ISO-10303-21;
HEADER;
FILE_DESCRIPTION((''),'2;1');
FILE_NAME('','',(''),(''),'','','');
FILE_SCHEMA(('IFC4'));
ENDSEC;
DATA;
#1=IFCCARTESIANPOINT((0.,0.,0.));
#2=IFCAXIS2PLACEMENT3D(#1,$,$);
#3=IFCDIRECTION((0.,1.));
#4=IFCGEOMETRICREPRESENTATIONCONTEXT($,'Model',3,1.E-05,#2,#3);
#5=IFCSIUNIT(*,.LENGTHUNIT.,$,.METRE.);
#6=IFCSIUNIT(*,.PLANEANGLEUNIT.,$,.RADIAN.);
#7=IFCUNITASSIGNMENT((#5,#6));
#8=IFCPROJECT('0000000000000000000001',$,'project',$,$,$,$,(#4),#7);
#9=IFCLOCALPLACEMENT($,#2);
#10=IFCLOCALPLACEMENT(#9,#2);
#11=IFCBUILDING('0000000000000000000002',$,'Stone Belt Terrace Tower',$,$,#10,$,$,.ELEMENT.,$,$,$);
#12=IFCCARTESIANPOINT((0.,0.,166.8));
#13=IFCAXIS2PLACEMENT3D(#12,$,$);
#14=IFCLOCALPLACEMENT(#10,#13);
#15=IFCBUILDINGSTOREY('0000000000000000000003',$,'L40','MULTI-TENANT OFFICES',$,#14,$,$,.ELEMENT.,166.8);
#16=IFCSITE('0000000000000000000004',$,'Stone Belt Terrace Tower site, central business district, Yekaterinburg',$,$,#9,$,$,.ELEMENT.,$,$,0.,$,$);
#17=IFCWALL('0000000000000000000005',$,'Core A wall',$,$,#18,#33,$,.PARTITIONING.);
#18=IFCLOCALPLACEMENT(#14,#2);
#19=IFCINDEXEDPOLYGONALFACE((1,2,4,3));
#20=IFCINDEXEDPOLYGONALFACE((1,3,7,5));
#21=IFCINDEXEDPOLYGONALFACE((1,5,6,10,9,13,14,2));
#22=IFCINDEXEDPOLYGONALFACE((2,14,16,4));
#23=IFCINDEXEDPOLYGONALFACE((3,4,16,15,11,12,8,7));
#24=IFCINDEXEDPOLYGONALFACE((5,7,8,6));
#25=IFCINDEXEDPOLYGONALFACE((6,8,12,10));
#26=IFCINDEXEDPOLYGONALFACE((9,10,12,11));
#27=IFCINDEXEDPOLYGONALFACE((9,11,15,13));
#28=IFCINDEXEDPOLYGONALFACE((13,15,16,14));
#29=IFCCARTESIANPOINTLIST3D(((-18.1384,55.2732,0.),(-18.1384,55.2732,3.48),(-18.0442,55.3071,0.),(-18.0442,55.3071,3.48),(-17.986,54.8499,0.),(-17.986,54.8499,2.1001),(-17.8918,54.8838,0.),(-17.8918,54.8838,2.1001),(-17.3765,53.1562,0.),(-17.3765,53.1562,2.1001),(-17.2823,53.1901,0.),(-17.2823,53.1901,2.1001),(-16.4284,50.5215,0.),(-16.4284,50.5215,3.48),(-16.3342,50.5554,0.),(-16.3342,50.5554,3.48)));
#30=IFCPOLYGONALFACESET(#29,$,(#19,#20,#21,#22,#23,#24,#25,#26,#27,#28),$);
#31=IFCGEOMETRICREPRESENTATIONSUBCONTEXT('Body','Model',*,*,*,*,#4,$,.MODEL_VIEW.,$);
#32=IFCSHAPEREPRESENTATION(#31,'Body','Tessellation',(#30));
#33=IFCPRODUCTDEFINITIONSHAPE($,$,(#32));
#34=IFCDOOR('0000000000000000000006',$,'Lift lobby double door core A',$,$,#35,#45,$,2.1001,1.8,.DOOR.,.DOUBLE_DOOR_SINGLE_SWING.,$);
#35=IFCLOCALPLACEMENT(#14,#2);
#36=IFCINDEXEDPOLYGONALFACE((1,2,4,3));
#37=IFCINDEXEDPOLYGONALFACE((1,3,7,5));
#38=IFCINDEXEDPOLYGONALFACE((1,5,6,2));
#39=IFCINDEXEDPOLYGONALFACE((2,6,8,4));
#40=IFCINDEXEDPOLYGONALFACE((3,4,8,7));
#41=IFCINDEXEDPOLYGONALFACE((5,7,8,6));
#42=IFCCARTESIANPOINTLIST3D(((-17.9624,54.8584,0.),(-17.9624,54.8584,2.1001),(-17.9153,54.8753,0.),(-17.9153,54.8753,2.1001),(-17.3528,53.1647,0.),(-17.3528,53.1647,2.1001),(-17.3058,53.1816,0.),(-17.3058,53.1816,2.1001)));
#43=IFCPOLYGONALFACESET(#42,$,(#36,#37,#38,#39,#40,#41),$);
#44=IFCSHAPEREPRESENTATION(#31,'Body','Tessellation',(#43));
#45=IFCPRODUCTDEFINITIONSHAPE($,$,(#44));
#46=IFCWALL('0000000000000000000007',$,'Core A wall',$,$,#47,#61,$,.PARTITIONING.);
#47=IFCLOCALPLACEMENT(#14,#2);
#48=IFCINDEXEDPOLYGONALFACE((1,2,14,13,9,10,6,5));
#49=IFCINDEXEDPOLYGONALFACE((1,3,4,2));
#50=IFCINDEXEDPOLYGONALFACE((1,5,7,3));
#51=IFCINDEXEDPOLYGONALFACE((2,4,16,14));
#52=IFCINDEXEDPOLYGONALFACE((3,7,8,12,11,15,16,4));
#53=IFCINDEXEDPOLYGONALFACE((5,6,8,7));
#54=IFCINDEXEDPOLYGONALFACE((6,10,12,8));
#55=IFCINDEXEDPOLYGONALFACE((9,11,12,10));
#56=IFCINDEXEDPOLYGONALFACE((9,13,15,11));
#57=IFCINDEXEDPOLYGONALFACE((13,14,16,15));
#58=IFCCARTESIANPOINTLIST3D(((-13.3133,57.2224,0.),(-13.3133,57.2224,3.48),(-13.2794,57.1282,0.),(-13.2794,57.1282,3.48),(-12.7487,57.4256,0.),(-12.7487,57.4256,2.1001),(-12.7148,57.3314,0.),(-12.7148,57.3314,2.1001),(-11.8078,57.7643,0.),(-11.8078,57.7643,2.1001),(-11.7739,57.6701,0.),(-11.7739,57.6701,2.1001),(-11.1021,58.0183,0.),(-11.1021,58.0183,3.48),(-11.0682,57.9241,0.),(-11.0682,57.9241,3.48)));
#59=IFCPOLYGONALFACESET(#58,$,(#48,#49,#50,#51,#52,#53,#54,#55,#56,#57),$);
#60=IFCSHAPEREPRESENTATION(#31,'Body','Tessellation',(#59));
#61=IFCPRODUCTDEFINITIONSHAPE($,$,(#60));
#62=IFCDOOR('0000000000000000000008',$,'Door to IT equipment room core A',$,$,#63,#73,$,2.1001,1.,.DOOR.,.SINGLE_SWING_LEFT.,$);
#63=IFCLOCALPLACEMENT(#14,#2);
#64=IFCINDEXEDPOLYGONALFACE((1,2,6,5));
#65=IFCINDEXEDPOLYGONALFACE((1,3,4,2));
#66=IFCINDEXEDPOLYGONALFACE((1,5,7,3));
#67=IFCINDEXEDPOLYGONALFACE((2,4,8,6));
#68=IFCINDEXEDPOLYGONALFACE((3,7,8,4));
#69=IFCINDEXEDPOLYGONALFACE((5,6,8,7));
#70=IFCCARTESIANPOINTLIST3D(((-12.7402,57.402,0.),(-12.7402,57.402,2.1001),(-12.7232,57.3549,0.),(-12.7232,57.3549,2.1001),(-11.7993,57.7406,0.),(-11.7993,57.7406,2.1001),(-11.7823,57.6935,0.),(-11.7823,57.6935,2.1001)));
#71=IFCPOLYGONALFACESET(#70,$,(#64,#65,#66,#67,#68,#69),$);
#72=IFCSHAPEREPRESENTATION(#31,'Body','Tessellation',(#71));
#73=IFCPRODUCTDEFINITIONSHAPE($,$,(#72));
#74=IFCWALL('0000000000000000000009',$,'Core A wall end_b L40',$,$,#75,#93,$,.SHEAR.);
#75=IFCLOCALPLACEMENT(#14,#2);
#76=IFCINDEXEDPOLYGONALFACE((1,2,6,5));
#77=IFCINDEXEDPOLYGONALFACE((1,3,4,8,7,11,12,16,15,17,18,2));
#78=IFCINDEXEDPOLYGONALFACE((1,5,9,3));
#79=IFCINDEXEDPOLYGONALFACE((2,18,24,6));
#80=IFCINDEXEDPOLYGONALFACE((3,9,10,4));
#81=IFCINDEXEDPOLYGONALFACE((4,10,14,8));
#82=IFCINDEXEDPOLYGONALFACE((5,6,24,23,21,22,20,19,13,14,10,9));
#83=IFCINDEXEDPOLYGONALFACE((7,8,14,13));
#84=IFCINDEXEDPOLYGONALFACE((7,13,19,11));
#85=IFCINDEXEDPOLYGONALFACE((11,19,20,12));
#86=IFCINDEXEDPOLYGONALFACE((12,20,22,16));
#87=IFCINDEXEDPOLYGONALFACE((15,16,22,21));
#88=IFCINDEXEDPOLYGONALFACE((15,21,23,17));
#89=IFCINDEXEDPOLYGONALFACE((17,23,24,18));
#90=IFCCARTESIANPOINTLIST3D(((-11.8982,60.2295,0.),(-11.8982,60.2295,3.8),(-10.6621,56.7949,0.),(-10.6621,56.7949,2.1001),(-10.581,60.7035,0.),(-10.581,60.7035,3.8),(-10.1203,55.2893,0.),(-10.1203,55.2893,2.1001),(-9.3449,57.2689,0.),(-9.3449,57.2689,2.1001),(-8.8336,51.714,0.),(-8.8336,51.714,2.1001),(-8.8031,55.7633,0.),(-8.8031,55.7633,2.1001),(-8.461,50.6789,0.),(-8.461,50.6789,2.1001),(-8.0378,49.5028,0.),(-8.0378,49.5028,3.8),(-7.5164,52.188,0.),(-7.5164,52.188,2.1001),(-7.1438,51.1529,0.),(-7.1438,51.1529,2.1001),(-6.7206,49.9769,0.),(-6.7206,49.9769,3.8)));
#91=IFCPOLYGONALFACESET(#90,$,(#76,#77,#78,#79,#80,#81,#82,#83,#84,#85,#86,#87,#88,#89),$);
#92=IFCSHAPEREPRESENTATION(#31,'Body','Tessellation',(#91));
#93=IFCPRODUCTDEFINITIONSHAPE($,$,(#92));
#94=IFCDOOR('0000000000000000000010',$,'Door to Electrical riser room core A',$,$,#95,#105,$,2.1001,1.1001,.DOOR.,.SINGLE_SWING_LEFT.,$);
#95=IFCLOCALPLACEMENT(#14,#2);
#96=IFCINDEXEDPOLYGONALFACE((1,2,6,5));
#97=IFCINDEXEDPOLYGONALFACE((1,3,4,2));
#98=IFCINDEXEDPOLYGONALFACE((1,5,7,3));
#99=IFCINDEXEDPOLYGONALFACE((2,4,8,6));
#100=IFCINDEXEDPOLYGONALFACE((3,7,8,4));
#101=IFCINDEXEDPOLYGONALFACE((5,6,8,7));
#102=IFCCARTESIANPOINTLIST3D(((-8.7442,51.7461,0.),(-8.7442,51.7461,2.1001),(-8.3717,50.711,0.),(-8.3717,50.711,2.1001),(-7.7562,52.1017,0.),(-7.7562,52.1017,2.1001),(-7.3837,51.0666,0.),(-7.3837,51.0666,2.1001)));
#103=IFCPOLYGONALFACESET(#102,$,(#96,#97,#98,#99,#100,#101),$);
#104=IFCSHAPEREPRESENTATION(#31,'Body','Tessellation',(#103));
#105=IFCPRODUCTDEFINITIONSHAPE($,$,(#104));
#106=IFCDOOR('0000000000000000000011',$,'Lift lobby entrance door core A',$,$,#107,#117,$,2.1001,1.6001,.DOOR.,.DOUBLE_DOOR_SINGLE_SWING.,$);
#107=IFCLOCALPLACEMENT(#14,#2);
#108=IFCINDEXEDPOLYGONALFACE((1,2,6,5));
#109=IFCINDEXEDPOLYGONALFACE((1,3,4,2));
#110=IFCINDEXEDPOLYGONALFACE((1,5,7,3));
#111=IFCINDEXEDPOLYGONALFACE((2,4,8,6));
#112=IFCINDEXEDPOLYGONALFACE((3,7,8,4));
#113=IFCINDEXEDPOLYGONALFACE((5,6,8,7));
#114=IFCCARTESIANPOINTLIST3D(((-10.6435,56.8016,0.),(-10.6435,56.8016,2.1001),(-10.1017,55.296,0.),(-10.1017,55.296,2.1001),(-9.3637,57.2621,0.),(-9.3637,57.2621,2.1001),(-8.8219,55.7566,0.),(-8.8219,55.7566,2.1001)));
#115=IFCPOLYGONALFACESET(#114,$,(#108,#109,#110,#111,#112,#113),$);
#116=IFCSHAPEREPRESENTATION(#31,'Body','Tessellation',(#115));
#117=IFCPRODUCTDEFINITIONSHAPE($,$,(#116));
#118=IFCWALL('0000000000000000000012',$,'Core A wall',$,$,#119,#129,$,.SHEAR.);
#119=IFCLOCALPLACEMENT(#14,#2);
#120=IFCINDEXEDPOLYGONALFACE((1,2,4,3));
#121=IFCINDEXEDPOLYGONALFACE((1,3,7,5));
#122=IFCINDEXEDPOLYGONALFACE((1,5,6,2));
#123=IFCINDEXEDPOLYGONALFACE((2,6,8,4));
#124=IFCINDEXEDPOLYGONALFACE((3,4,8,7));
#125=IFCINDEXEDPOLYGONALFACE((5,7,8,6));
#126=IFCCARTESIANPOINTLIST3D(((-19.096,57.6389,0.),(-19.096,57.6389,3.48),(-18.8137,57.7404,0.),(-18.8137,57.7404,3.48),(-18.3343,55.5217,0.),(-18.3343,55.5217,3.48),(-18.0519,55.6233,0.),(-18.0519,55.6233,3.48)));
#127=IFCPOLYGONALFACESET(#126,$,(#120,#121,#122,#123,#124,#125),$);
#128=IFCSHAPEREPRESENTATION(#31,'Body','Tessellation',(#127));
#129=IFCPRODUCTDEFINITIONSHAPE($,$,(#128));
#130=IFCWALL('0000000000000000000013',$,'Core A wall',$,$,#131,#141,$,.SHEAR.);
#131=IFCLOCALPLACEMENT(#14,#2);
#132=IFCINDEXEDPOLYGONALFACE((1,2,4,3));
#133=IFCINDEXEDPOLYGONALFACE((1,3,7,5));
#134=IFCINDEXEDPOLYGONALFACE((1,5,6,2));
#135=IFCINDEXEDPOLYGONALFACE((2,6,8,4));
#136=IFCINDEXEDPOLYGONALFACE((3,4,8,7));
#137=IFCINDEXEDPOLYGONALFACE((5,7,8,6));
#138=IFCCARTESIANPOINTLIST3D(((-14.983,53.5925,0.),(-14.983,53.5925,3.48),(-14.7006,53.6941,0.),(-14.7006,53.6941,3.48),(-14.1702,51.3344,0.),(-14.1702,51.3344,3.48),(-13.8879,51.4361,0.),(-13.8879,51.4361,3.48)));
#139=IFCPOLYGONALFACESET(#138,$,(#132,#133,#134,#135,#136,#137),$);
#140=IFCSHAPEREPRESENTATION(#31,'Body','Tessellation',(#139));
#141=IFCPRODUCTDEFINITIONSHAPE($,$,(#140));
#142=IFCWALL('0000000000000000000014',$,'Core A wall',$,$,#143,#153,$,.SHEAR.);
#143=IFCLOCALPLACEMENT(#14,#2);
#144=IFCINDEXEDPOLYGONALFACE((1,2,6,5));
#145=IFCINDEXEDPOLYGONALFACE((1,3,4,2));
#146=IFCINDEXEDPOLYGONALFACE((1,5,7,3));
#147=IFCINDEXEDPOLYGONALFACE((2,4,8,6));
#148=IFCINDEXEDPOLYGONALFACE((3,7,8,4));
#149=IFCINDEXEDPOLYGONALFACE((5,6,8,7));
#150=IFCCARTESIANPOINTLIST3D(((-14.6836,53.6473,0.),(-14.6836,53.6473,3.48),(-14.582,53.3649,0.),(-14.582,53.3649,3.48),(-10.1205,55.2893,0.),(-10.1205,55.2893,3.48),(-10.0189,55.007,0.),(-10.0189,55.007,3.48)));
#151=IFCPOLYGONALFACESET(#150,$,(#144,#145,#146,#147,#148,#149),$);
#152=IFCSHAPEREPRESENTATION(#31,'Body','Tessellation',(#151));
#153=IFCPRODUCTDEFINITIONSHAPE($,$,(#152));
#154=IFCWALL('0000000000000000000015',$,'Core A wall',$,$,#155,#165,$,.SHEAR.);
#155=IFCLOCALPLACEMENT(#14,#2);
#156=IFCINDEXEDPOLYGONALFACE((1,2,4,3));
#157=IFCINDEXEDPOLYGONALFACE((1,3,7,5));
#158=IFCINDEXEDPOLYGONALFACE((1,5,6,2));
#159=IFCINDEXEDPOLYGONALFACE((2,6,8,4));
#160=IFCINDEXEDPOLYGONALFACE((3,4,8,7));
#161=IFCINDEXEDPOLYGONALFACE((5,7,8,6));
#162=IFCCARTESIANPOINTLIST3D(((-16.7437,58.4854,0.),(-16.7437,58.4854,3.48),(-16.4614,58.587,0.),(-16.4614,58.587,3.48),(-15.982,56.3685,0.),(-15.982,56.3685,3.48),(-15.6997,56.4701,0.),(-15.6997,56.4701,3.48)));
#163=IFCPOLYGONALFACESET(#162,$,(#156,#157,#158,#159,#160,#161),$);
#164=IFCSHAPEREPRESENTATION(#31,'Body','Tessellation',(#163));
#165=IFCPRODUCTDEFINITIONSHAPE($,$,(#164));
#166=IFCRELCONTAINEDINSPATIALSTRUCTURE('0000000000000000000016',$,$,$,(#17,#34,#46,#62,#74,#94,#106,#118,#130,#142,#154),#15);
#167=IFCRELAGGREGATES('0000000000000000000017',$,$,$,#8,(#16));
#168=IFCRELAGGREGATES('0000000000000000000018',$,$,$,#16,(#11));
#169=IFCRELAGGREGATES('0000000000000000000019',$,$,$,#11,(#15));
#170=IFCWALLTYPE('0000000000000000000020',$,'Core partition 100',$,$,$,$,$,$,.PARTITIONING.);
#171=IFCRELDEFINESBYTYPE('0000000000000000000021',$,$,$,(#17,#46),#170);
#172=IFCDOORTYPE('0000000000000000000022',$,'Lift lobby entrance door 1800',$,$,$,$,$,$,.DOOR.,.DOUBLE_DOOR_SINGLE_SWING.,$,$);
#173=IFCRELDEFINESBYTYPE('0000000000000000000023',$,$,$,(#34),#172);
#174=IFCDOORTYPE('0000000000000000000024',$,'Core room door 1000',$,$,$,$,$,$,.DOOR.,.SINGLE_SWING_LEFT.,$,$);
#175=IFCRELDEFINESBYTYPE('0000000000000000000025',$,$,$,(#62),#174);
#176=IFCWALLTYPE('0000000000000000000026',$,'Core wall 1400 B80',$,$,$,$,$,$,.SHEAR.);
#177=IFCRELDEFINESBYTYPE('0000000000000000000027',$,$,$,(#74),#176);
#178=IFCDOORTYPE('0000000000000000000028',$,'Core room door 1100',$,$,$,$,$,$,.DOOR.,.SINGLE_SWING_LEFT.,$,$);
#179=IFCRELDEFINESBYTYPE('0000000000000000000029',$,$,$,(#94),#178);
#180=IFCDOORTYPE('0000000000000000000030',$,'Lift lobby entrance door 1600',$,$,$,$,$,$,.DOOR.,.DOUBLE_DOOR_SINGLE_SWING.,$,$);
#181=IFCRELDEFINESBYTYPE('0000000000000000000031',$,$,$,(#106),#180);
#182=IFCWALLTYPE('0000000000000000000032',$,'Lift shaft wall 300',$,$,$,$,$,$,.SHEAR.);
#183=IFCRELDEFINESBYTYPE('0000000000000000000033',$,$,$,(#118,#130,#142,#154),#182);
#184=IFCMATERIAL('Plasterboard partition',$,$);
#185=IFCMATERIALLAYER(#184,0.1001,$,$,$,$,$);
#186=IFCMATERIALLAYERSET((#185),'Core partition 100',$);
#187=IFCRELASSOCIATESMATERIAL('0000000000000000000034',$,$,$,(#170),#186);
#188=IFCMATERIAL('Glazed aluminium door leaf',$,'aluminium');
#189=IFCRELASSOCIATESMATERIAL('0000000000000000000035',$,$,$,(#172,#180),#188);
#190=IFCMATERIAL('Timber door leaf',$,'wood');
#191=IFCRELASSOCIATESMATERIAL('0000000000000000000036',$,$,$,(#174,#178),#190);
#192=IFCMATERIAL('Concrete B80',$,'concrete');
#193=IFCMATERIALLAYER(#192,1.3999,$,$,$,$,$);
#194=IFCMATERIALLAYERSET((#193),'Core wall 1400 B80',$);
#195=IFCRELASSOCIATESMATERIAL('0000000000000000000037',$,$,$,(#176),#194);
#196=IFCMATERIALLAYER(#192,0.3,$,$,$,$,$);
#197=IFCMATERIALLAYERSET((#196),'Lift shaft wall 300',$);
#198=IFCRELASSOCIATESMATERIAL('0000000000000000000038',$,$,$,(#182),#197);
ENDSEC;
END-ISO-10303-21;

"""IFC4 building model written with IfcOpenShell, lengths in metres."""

from ifc_helpers import new_model, si_unit, direction, frame, frame_2d, origin, place, context, subcontext, project, spatial, rectangle, extrude, material, layer, layer_set, type_object, element, fill, save


model = new_model("IFC4")

# Units and contexts
model_context = context("Model", 3, precision=1e-05, world=origin(), true_north=direction((0.0, 1.0)))
body_context = subcontext(model_context, "Body", "Model", "MODEL_VIEW")
ifc_project = project(units=[si_unit("LENGTHUNIT", "METRE"), si_unit("PLANEANGLEUNIT", "RADIAN")], contexts=[model_context])

# Site, building, storey
site_placement = place(None, origin())
site = spatial("IfcSite", under=ifc_project, at=site_placement, Name="Stone Belt Terrace Tower site, central business district, Yekaterinburg", CompositionType="ELEMENT", RefElevation=0.0)
building_placement = place(site_placement, origin())
building = spatial("IfcBuilding", under=site, at=building_placement, Name="Stone Belt Terrace Tower", CompositionType="ELEMENT")
storey_placement = place(building_placement, frame((0.0, 0.0, 166.8)))
storey = spatial("IfcBuildingStorey", under=building, at=storey_placement, Name="L40", Description="MULTI-TENANT OFFICES", CompositionType="ELEMENT", Elevation=166.8)

# Walls, openings, doors
ifc_material_1 = material(Name="Plasterboard partition")
ifc_layer_1 = layer(ifc_material_1, 0.1001)
ifc_layer_set_1 = layer_set([ifc_layer_1], Name="Core partition 100")
wall_type_1 = type_object("IfcWallType", Name="Core partition 100", PredefinedType="PARTITIONING", material=ifc_layer_set_1)
wall_1_placement = place(storey_placement, frame((-16.3813, 50.5386, 0.0), z_axis=(0.0, 0.0, 1.0), x_axis=(-0.338605, 0.940929, 0.0)))
wall_1 = element("IfcWall", 1, at=wall_1_placement, inside=storey, type_object=wall_type_1, Name="Core A wall", PredefinedType="PARTITIONING", context=body_context, shape_type="SweptSolid", body=[
    extrude(rectangle(XDim=5.05, YDim=0.1001, at=frame_2d((2.5249, 0.0))), origin(), (0.0, 0.0, 1.0), 3.48),
])
opening_1_placement = place(wall_1_placement, frame((2.8, 0.0, 0.0)))
opening_1 = element("IfcOpeningElement", 2, at=opening_1_placement, cuts=wall_1, PredefinedType="OPENING", context=body_context, shape_type="SweptSolid", body=[
    extrude(rectangle(XDim=1.8, YDim=2.1001, at=frame_2d((0.8999, 1.05))), frame((0.0, 0.0601, 0.0), z_axis=(0.0, -1.0, 0.0), x_axis=(1.0, 0.0, 0.0)), (0.0, 0.0, 1.0), 0.1201),
])
ifc_material_2 = material(Name="Glazed aluminium door leaf", Category="aluminium")
door_type_1 = type_object("IfcDoorType", Name="Lift lobby entrance door 1800", OperationType="DOUBLE_DOOR_SINGLE_SWING", PredefinedType="DOOR", material=ifc_material_2)
door_1_placement = place(opening_1_placement, origin())
door_1 = element("IfcDoor", 3, at=door_1_placement, inside=storey, type_object=door_type_1, Name="Lift lobby double door core A", OperationType="DOUBLE_DOOR_SINGLE_SWING", OverallHeight=2.1001, OverallWidth=1.8, PredefinedType="DOOR", context=body_context, shape_type="SweptSolid", body=[
    extrude(rectangle(XDim=1.8, YDim=2.1001, at=frame_2d((0.8999, 1.05))), frame((0.0, 0.0249, 0.0), z_axis=(0.0, -1.0, 0.0), x_axis=(1.0, 0.0, 0.0)), (0.0, 0.0, 1.0), 0.05),
])
fill(opening_1, door_1)
wall_2_placement = place(storey_placement, frame((-13.2964, 57.1753, 0.0), z_axis=(0.0, 0.0, 1.0), x_axis=(0.940905, 0.338672, 0.0)))
wall_2 = element("IfcWall", 4, at=wall_2_placement, inside=storey, type_object=wall_type_1, Name="Core A wall", PredefinedType="PARTITIONING", context=body_context, shape_type="SweptSolid", body=[
    extrude(rectangle(XDim=2.3501, YDim=0.1001, at=frame_2d((1.175, 0.0))), origin(), (0.0, 0.0, 1.0), 3.48),
])
opening_2_placement = place(wall_2_placement, frame((0.6001, 0.0, 0.0)))
opening_2 = element("IfcOpeningElement", 5, at=opening_2_placement, cuts=wall_2, PredefinedType="OPENING", context=body_context, shape_type="SweptSolid", body=[
    extrude(rectangle(XDim=1.0, YDim=2.1001, at=frame_2d((0.5, 1.05))), frame((0.0, 0.0601, 0.0), z_axis=(0.0, -1.0, 0.0), x_axis=(1.0, 0.0, 0.0)), (0.0, 0.0, 1.0), 0.1201),
])
ifc_material_3 = material(Name="Timber door leaf", Category="wood")
door_type_2 = type_object("IfcDoorType", Name="Core room door 1000", OperationType="SINGLE_SWING_LEFT", PredefinedType="DOOR", material=ifc_material_3)
door_2_placement = place(opening_2_placement, origin())
door_2 = element("IfcDoor", 6, at=door_2_placement, inside=storey, type_object=door_type_2, Name="Door to IT equipment room core A", OperationType="SINGLE_SWING_LEFT", OverallHeight=2.1001, OverallWidth=1.0, PredefinedType="DOOR", context=body_context, shape_type="SweptSolid", body=[
    extrude(rectangle(XDim=1.0, YDim=2.1001, at=frame_2d((0.5, 1.05))), frame((0.0, 0.0249, 0.0), z_axis=(0.0, -1.0, 0.0), x_axis=(1.0, 0.0, 0.0)), (0.0, 0.0, 1.0), 0.05),
])
fill(opening_2, door_2)

# Wall, openings, doors
ifc_material_4 = material(Name="Concrete B80", Category="concrete")
ifc_layer_2 = layer(ifc_material_4, 1.3999)
ifc_layer_set_2 = layer_set([ifc_layer_2], Name="Core wall 1400 B80")
wall_type_2 = type_object("IfcWallType", Name="Core wall 1400 B80", PredefinedType="SHEAR", material=ifc_layer_set_2)
wall_3_placement = place(storey_placement, frame((-7.3792, 49.7397, 0.0), z_axis=(0.0, 0.0, 1.0), x_axis=(-0.338625, 0.940921, 0.0)))
wall_3 = element("IfcWall", 7, at=wall_3_placement, inside=storey, type_object=wall_type_2, Name="Core A wall end_b L40", PredefinedType="SHEAR", context=body_context, shape_type="SweptSolid", body=[
    extrude(rectangle(XDim=11.4001, YDim=1.3999, at=frame_2d((5.7002, 0.0))), origin(), (0.0, 0.0, 1.0), 3.8),
])
opening_3_placement = place(wall_3_placement, frame((6.1499, 0.0, 0.0)))
opening_3 = element("IfcOpeningElement", 8, at=opening_3_placement, cuts=wall_3, PredefinedType="OPENING", context=body_context, shape_type="SweptSolid", body=[
    extrude(rectangle(XDim=1.6001, YDim=2.1001, at=frame_2d((0.8, 1.05))), frame((0.0, 0.71, 0.0), z_axis=(0.0, -1.0, 0.0), x_axis=(1.0, 0.0, 0.0)), (0.0, 0.0, 1.0), 1.4199),
])
opening_4_placement = place(wall_3_placement, frame((1.25, 0.0, 0.0)))
opening_4 = element("IfcOpeningElement", 9, at=opening_4_placement, cuts=wall_3, PredefinedType="OPENING", context=body_context, shape_type="SweptSolid", body=[
    extrude(rectangle(XDim=1.1001, YDim=2.1001, at=frame_2d((0.55, 1.05))), frame((0.0, 0.71, 0.0), z_axis=(0.0, -1.0, 0.0), x_axis=(1.0, 0.0, 0.0)), (0.0, 0.0, 1.0), 1.4199),
])
door_type_3 = type_object("IfcDoorType", Name="Core room door 1100", OperationType="SINGLE_SWING_LEFT", PredefinedType="DOOR", material=ifc_material_3)
door_3_placement = place(opening_4_placement, origin())
door_3 = element("IfcDoor", 10, at=door_3_placement, inside=storey, type_object=door_type_3, Name="Door to Electrical riser room core A", OperationType="SINGLE_SWING_LEFT", OverallHeight=2.1001, OverallWidth=1.1001, PredefinedType="DOOR", context=body_context, shape_type="SweptSolid", body=[
    extrude(rectangle(XDim=1.1001, YDim=2.1001, at=frame_2d((0.55, 1.05))), frame((0.0, 0.605, 0.0), z_axis=(0.0, -1.0, 0.0), x_axis=(1.0, 0.0, 0.0)), (0.0, 0.0, 1.0), 1.05),
])
fill(opening_4, door_3)
door_type_4 = type_object("IfcDoorType", Name="Lift lobby entrance door 1600", OperationType="DOUBLE_DOOR_SINGLE_SWING", PredefinedType="DOOR", material=ifc_material_2)
door_4_placement = place(opening_3_placement, origin())
door_4 = element("IfcDoor", 11, at=door_4_placement, inside=storey, type_object=door_type_4, Name="Lift lobby entrance door core A", OperationType="DOUBLE_DOOR_SINGLE_SWING", OverallHeight=2.1001, OverallWidth=1.6001, PredefinedType="DOOR", context=body_context, shape_type="SweptSolid", body=[
    extrude(rectangle(XDim=1.6001, YDim=2.1001, at=frame_2d((0.8, 1.05))), frame((0.0, 0.6802, 0.0), z_axis=(0.0, -1.0, 0.0), x_axis=(1.0, 0.0, 0.0)), (0.0, 0.0, 1.0), 1.3601),
])
fill(opening_3, door_4)

# Walls
ifc_layer_3 = layer(ifc_material_4, 0.3)
ifc_layer_set_3 = layer_set([ifc_layer_3], Name="Lift shaft wall 300")
wall_type_3 = type_object("IfcWallType", Name="Lift shaft wall 300", PredefinedType="SHEAR", material=ifc_layer_set_3)
wall_4_placement = place(storey_placement, frame((-18.1931, 55.5725, 0.0), z_axis=(0.0, 0.0, 1.0), x_axis=(-0.338535, 0.940954, 0.0)))
element("IfcWall", 12, at=wall_4_placement, inside=storey, type_object=wall_type_3, Name="Core A wall", PredefinedType="SHEAR", context=body_context, shape_type="SweptSolid", body=[
    extrude(rectangle(XDim=2.25, YDim=0.3, at=frame_2d((1.125, 0.0))), origin(), (0.0, 0.0, 1.0), 3.48),
])
wall_5_placement = place(storey_placement, frame((-14.0291, 51.3853, 0.0), z_axis=(0.0, 0.0, 1.0), x_axis=(-0.338662, 0.940908, 0.0)))
element("IfcWall", 13, at=wall_5_placement, inside=storey, type_object=wall_type_3, Name="Core A wall", PredefinedType="SHEAR", context=body_context, shape_type="SweptSolid", body=[
    extrude(rectangle(XDim=2.3999, YDim=0.3, at=frame_2d((1.2, 0.0))), origin(), (0.0, 0.0, 1.0), 3.48),
])
wall_6_placement = place(storey_placement, frame((-14.6328, 53.5061, 0.0), z_axis=(0.0, 0.0, 1.0), x_axis=(0.940932, 0.338596, 0.0)))
element("IfcWall", 14, at=wall_6_placement, inside=storey, type_object=wall_type_3, Name="Core A wall", PredefinedType="SHEAR", context=body_context, shape_type="SweptSolid", body=[
    extrude(rectangle(XDim=4.8496, YDim=0.3, at=frame_2d((2.4248, 0.0))), origin(), (0.0, 0.0, 1.0), 3.48),
])
wall_7_placement = place(storey_placement, frame((-15.8408, 56.4192, 0.0), z_axis=(0.0, 0.0, 1.0), x_axis=(-0.33857, 0.940941, 0.0)))
element("IfcWall", 15, at=wall_7_placement, inside=storey, type_object=wall_type_3, Name="Core A wall", PredefinedType="SHEAR", context=body_context, shape_type="SweptSolid", body=[
    extrude(rectangle(XDim=2.2498, YDim=0.3, at=frame_2d((1.125, 0.0))), origin(), (0.0, 0.0, 1.0), 3.48),
])

save(model, "model.ifc")
